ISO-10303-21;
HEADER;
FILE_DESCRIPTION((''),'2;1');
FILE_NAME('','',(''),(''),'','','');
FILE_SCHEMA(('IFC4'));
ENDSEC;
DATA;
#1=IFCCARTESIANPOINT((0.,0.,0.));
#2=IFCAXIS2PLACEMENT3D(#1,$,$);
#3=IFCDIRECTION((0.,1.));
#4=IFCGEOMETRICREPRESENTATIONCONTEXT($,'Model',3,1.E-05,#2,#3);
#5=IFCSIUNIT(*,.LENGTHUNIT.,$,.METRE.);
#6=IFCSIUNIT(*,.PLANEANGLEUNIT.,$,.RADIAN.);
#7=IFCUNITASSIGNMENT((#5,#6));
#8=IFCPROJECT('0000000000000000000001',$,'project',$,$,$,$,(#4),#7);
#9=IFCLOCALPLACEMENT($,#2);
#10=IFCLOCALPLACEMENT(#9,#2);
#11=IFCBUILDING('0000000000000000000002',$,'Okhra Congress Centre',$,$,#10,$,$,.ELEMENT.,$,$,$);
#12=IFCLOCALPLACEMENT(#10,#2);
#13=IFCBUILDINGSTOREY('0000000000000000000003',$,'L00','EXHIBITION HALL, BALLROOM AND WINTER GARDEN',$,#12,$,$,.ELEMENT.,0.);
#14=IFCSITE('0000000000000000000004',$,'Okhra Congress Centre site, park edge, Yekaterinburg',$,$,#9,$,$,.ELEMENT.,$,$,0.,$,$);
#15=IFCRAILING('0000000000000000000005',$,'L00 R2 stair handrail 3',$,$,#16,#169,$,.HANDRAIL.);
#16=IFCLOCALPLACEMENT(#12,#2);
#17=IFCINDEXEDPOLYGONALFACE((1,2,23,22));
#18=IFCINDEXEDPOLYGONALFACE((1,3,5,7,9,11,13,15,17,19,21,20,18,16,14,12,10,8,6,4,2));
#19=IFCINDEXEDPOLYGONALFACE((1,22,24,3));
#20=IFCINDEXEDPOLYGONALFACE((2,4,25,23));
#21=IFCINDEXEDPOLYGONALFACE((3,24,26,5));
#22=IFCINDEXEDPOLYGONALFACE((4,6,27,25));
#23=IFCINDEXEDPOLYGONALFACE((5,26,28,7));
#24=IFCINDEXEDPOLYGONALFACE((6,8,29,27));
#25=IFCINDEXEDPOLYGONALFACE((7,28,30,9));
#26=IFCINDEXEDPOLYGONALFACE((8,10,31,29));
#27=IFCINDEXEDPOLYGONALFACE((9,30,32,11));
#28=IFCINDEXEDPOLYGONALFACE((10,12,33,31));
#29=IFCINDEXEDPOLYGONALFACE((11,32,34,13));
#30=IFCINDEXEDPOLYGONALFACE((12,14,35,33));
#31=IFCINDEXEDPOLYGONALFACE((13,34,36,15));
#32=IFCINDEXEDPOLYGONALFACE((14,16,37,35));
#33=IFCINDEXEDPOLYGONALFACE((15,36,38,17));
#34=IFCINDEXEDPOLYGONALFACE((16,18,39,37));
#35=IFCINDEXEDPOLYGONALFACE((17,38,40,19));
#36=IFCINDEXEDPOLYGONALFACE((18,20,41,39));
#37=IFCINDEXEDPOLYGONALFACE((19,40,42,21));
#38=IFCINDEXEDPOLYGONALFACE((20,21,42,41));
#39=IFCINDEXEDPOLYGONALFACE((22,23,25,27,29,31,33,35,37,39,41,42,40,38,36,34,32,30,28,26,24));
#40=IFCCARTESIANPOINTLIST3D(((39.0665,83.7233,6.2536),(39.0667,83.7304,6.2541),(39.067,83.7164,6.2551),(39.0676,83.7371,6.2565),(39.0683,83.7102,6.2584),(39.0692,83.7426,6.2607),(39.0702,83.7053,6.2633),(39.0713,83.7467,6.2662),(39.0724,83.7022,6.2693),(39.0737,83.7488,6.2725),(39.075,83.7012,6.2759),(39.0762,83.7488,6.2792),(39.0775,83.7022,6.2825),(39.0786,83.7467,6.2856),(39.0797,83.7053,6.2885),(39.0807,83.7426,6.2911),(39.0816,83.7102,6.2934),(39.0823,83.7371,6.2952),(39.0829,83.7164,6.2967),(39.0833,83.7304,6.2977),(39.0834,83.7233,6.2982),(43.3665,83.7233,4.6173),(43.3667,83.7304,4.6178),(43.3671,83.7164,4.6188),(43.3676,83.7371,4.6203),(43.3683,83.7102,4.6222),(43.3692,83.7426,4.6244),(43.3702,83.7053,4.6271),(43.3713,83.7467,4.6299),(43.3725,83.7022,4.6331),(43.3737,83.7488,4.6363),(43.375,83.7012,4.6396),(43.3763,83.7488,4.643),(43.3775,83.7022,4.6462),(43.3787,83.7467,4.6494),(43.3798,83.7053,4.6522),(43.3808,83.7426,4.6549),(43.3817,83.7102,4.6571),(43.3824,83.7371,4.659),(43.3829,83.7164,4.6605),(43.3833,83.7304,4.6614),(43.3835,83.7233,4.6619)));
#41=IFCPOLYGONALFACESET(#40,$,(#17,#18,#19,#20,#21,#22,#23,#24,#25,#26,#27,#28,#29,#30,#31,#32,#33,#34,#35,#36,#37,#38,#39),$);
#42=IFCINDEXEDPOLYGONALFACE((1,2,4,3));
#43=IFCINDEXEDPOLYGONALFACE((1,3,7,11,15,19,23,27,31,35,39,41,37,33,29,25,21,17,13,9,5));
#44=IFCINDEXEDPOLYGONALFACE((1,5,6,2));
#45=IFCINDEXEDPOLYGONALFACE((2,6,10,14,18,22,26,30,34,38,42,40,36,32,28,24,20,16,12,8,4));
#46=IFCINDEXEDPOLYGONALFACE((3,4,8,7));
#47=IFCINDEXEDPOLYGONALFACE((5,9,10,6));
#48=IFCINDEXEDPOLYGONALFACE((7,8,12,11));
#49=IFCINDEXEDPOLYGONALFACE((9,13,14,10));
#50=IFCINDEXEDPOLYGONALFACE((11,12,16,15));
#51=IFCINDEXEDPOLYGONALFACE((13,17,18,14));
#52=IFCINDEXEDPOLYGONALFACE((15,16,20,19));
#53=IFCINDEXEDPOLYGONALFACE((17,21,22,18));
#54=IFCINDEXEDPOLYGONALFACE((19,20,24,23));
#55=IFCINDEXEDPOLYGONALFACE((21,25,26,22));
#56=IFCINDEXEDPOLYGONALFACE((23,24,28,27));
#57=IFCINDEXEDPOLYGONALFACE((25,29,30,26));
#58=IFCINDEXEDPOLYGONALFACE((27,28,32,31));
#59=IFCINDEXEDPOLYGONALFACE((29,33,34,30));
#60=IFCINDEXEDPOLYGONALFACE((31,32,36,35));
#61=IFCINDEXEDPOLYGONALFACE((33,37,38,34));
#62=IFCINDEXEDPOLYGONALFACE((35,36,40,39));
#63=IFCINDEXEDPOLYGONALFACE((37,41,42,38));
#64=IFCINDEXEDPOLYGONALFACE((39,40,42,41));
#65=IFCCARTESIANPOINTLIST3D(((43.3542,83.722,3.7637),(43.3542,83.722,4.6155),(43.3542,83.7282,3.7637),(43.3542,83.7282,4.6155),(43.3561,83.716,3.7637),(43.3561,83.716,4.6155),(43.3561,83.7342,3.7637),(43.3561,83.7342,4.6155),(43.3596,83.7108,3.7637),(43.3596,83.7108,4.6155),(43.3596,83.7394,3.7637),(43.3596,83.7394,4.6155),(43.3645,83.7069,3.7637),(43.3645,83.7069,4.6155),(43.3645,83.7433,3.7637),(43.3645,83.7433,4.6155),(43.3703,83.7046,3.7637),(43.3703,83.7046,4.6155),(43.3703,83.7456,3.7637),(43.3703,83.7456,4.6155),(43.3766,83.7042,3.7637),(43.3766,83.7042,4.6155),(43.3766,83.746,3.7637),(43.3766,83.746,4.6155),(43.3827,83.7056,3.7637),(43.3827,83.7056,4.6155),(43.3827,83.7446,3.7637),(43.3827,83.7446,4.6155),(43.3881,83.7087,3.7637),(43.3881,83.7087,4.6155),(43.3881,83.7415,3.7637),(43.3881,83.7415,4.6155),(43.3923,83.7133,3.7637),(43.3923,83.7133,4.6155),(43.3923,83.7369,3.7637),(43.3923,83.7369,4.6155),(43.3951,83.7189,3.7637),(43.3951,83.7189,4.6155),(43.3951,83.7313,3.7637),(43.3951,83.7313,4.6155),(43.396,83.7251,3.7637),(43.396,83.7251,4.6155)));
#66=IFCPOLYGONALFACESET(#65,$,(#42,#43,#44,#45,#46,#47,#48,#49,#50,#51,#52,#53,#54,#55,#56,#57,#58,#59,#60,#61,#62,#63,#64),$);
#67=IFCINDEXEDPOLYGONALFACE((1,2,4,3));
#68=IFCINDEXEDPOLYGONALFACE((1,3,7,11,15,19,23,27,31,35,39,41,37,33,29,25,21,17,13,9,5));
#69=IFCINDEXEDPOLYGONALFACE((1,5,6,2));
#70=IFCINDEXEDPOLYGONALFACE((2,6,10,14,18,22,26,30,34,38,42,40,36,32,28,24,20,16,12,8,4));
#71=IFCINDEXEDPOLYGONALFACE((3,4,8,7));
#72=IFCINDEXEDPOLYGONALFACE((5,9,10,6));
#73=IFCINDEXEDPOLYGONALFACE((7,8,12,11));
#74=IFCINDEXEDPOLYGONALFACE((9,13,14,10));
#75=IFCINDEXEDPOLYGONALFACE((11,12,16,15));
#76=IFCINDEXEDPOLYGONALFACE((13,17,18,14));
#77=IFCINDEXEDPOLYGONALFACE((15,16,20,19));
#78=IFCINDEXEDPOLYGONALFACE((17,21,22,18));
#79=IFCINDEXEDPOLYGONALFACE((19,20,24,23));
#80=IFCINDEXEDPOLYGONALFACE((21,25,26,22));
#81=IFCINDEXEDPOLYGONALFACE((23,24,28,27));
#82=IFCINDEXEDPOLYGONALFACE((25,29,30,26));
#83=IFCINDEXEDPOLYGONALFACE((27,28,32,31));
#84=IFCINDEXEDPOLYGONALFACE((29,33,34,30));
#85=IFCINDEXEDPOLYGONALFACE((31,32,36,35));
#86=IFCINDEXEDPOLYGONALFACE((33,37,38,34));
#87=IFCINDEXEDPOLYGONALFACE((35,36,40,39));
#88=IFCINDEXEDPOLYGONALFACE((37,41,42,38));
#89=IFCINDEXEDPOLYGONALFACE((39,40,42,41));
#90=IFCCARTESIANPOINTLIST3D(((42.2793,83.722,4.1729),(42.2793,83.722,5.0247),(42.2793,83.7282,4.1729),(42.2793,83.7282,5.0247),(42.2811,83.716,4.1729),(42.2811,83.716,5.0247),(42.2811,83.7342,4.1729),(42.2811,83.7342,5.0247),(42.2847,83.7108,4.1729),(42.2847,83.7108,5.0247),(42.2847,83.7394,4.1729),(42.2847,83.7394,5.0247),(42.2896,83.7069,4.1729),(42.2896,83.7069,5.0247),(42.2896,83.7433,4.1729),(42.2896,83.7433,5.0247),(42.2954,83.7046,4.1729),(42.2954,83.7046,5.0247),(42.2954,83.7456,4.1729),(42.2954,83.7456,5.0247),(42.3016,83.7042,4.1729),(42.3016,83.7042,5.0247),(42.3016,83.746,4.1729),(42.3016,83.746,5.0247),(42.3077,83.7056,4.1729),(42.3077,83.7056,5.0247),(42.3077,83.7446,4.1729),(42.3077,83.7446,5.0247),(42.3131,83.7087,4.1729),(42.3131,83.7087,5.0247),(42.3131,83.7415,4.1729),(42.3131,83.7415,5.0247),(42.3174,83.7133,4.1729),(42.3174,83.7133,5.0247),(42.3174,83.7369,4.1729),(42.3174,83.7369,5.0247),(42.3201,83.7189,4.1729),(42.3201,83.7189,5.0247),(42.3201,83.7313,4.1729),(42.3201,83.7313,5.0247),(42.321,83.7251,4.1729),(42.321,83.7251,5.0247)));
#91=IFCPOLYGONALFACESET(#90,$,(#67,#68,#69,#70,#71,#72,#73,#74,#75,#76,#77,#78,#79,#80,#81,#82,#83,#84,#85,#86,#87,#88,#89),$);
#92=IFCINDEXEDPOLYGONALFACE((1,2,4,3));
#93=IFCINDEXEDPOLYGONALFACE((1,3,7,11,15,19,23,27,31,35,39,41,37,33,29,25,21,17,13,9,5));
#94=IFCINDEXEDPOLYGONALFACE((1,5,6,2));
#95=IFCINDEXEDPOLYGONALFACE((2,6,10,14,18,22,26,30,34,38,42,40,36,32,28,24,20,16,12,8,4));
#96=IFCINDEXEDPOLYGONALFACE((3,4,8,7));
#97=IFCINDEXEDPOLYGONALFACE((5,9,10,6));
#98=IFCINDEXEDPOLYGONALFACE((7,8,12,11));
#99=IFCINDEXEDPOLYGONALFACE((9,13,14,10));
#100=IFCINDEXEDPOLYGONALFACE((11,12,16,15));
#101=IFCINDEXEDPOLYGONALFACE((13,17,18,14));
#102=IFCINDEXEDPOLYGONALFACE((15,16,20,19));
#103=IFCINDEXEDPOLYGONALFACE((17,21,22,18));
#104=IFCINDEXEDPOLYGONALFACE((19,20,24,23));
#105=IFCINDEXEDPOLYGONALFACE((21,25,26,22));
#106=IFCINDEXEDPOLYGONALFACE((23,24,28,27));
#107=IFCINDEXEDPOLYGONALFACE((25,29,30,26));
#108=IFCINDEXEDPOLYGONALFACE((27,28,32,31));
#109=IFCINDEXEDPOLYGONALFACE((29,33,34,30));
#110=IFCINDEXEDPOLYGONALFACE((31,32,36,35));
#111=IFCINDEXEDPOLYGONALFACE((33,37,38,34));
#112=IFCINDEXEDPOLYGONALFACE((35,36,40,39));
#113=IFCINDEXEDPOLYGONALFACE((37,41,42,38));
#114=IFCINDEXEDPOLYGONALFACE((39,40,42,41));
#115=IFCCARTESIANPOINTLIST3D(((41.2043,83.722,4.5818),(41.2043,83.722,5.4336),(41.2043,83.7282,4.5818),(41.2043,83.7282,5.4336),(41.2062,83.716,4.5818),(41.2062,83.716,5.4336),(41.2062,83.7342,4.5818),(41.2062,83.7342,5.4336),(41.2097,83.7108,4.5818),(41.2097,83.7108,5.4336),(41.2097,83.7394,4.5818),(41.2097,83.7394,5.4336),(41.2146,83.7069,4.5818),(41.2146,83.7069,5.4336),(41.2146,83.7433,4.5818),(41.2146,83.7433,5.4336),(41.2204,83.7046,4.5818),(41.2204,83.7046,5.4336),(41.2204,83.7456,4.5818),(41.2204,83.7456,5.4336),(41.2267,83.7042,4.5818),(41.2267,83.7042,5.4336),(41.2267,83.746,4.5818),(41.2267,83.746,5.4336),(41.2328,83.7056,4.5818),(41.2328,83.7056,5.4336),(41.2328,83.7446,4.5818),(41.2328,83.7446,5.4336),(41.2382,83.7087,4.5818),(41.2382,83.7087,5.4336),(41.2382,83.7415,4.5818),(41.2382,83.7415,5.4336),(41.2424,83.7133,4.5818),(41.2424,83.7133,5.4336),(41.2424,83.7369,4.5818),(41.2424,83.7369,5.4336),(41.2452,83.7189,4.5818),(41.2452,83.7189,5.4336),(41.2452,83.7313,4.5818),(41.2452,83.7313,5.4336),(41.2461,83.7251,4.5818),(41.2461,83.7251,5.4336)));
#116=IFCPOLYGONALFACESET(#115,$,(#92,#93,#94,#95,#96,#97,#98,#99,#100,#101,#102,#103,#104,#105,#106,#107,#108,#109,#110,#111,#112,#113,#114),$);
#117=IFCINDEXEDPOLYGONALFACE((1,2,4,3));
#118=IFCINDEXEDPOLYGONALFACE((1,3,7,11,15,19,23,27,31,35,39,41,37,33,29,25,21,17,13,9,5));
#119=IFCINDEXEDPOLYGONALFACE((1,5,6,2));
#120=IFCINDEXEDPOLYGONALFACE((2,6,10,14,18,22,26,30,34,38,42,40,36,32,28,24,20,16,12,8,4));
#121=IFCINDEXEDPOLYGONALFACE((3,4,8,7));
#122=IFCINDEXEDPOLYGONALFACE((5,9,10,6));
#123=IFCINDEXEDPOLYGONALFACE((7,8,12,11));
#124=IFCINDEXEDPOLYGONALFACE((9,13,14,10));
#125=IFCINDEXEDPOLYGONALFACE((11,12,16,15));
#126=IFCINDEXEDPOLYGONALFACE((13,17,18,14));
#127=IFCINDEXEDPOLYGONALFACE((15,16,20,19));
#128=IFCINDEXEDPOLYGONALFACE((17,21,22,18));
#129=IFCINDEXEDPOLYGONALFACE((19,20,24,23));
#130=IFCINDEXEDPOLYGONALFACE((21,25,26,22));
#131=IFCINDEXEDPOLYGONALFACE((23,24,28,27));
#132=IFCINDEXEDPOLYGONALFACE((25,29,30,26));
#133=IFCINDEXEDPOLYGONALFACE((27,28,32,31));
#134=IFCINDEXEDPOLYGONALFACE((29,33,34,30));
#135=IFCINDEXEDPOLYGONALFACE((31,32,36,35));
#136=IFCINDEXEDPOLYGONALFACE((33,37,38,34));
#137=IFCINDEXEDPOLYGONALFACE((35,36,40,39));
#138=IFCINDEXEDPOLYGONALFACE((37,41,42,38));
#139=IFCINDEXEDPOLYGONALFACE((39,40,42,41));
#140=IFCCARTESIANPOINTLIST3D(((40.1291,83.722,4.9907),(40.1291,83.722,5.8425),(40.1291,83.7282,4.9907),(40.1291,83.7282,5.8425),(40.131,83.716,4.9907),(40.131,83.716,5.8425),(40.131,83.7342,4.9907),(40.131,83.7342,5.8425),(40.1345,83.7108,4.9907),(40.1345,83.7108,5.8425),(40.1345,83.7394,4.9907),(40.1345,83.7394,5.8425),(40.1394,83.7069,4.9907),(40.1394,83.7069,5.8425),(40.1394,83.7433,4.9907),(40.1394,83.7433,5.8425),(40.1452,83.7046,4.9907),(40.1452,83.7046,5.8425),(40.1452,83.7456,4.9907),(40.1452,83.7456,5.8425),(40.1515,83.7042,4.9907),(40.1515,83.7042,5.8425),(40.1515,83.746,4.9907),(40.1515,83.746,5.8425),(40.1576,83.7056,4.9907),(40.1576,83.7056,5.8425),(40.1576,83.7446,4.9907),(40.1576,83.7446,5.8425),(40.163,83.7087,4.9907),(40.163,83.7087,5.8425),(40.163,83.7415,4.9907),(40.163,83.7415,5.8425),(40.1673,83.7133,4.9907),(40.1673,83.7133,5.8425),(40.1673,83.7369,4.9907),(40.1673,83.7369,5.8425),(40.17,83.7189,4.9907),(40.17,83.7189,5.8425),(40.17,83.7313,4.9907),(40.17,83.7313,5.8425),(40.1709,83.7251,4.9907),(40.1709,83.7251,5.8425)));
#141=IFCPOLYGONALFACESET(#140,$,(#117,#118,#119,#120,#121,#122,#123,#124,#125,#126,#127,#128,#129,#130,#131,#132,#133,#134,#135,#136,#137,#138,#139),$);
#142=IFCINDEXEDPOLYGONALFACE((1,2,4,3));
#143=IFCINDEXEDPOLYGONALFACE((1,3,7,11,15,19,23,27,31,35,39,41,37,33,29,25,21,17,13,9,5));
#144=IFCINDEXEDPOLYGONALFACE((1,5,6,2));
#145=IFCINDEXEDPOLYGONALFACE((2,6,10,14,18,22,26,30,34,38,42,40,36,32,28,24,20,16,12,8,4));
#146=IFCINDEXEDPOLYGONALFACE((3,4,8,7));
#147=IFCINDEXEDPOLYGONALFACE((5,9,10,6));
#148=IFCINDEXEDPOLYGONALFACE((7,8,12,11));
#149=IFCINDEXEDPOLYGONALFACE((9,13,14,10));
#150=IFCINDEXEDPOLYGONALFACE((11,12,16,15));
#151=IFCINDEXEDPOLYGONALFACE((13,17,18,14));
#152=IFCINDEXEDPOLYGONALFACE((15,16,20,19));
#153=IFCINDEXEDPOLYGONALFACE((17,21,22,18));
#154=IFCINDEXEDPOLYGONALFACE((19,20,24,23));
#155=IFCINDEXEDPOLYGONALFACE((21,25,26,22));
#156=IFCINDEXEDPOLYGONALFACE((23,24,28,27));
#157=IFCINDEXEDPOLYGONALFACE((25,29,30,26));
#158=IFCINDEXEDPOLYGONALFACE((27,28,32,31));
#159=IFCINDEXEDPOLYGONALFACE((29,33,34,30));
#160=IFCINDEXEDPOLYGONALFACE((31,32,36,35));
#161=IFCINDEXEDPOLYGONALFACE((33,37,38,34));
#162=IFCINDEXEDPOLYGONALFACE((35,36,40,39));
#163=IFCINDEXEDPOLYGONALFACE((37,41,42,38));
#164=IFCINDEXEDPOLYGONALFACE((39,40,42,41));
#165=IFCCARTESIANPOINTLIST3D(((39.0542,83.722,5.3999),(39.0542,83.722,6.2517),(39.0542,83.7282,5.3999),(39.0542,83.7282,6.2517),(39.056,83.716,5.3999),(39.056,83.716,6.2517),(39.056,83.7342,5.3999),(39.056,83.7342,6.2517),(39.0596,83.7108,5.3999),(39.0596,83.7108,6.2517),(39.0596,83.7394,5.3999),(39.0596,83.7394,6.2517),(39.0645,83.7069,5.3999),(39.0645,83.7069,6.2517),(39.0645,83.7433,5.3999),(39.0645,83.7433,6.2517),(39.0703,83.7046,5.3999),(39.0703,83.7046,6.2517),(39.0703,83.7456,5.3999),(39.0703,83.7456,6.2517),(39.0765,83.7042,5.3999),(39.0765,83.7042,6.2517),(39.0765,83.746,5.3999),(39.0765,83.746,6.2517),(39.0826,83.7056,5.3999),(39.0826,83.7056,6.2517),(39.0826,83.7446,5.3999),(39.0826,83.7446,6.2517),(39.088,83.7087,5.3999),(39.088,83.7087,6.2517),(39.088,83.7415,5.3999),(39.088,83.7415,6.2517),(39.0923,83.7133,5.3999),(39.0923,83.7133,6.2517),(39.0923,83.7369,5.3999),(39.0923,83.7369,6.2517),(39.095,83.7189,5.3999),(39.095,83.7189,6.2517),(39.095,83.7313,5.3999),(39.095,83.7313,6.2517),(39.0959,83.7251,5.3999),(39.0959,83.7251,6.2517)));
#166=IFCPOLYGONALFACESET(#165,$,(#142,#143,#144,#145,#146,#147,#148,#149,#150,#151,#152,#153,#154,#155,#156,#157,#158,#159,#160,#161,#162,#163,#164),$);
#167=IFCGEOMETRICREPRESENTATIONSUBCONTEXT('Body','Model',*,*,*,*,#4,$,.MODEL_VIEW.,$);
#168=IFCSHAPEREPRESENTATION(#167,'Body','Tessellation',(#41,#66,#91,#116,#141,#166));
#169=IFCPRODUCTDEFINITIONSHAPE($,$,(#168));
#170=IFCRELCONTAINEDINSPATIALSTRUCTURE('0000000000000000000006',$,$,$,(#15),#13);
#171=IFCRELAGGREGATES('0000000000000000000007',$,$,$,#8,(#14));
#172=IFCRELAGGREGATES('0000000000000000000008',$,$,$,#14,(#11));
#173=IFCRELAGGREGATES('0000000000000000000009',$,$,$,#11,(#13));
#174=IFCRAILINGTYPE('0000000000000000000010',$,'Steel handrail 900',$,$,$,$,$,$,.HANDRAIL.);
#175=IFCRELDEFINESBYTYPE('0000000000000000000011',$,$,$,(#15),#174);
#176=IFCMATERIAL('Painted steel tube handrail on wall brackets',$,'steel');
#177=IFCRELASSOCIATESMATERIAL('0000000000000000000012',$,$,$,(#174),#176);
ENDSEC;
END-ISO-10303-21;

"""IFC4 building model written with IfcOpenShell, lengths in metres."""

from ifc_helpers import new_model, si_unit, direction, frame, origin, origin_2d, place, context, subcontext, project, spatial, circle, extrude, material, type_object, element, save


model = new_model("IFC4")

# Units and contexts
model_context = context("Model", 3, precision=1e-05, world=origin(), true_north=direction((0.0, 1.0)))
body_context = subcontext(model_context, "Body", "Model", "MODEL_VIEW")
ifc_project = project(units=[si_unit("LENGTHUNIT", "METRE"), si_unit("PLANEANGLEUNIT", "RADIAN")], contexts=[model_context])

# Site, building, storey
site_placement = place(None, origin())
site = spatial("IfcSite", under=ifc_project, at=site_placement, Name="Okhra Congress Centre site, park edge, Yekaterinburg", CompositionType="ELEMENT", RefElevation=0.0)
building_placement = place(site_placement, origin())
building = spatial("IfcBuilding", under=site, at=building_placement, Name="Okhra Congress Centre", CompositionType="ELEMENT")
storey_placement = place(building_placement, origin())
storey = spatial("IfcBuildingStorey", under=building, at=storey_placement, Name="L00", Description="EXHIBITION HALL, BALLROOM AND WINTER GARDEN", CompositionType="ELEMENT", Elevation=0.0)

# Railing
ifc_material_1 = material(Name="Painted steel tube handrail on wall brackets", Category="steel")
railing_type_1 = type_object("IfcRailingType", Name="Steel handrail 900", PredefinedType="HANDRAIL", material=ifc_material_1)
railing_1_placement = place(storey_placement, frame((43.375, 83.7251, 3.7637)))
element("IfcRailing", 1, at=railing_1_placement, inside=storey, type_object=railing_type_1, Name="L00 R2 stair handrail 3", PredefinedType="HANDRAIL", context=body_context, shape_type="SweptSolid", body=[
    extrude(circle(Radius=0.0239, at=origin_2d()), frame((0.0, 0.0, 0.876), z_axis=(-0.934624, 0.0, 0.355638), x_axis=(0.0, -1.0, 0.0)), (0.0, 0.0, 1.0), 4.6008),
    extrude(circle(Radius=0.021, at=origin_2d()), origin(), (0.0, 0.0, 1.0), 0.8518),
    extrude(circle(Radius=0.021, at=origin_2d()), frame((-1.075, 0.0, 0.4092)), (0.0, 0.0, 1.0), 0.8518),
    extrude(circle(Radius=0.021, at=origin_2d()), frame((-2.1499, 0.0, 0.8181)), (0.0, 0.0, 1.0), 0.8518),
    extrude(circle(Radius=0.021, at=origin_2d()), frame((-3.2251, 0.0, 1.2271)), (0.0, 0.0, 1.0), 0.8518),
    extrude(circle(Radius=0.021, at=origin_2d()), frame((-4.3, 0.0, 1.6362)), (0.0, 0.0, 1.0), 0.8518),
])

save(model, "model.ifc")
